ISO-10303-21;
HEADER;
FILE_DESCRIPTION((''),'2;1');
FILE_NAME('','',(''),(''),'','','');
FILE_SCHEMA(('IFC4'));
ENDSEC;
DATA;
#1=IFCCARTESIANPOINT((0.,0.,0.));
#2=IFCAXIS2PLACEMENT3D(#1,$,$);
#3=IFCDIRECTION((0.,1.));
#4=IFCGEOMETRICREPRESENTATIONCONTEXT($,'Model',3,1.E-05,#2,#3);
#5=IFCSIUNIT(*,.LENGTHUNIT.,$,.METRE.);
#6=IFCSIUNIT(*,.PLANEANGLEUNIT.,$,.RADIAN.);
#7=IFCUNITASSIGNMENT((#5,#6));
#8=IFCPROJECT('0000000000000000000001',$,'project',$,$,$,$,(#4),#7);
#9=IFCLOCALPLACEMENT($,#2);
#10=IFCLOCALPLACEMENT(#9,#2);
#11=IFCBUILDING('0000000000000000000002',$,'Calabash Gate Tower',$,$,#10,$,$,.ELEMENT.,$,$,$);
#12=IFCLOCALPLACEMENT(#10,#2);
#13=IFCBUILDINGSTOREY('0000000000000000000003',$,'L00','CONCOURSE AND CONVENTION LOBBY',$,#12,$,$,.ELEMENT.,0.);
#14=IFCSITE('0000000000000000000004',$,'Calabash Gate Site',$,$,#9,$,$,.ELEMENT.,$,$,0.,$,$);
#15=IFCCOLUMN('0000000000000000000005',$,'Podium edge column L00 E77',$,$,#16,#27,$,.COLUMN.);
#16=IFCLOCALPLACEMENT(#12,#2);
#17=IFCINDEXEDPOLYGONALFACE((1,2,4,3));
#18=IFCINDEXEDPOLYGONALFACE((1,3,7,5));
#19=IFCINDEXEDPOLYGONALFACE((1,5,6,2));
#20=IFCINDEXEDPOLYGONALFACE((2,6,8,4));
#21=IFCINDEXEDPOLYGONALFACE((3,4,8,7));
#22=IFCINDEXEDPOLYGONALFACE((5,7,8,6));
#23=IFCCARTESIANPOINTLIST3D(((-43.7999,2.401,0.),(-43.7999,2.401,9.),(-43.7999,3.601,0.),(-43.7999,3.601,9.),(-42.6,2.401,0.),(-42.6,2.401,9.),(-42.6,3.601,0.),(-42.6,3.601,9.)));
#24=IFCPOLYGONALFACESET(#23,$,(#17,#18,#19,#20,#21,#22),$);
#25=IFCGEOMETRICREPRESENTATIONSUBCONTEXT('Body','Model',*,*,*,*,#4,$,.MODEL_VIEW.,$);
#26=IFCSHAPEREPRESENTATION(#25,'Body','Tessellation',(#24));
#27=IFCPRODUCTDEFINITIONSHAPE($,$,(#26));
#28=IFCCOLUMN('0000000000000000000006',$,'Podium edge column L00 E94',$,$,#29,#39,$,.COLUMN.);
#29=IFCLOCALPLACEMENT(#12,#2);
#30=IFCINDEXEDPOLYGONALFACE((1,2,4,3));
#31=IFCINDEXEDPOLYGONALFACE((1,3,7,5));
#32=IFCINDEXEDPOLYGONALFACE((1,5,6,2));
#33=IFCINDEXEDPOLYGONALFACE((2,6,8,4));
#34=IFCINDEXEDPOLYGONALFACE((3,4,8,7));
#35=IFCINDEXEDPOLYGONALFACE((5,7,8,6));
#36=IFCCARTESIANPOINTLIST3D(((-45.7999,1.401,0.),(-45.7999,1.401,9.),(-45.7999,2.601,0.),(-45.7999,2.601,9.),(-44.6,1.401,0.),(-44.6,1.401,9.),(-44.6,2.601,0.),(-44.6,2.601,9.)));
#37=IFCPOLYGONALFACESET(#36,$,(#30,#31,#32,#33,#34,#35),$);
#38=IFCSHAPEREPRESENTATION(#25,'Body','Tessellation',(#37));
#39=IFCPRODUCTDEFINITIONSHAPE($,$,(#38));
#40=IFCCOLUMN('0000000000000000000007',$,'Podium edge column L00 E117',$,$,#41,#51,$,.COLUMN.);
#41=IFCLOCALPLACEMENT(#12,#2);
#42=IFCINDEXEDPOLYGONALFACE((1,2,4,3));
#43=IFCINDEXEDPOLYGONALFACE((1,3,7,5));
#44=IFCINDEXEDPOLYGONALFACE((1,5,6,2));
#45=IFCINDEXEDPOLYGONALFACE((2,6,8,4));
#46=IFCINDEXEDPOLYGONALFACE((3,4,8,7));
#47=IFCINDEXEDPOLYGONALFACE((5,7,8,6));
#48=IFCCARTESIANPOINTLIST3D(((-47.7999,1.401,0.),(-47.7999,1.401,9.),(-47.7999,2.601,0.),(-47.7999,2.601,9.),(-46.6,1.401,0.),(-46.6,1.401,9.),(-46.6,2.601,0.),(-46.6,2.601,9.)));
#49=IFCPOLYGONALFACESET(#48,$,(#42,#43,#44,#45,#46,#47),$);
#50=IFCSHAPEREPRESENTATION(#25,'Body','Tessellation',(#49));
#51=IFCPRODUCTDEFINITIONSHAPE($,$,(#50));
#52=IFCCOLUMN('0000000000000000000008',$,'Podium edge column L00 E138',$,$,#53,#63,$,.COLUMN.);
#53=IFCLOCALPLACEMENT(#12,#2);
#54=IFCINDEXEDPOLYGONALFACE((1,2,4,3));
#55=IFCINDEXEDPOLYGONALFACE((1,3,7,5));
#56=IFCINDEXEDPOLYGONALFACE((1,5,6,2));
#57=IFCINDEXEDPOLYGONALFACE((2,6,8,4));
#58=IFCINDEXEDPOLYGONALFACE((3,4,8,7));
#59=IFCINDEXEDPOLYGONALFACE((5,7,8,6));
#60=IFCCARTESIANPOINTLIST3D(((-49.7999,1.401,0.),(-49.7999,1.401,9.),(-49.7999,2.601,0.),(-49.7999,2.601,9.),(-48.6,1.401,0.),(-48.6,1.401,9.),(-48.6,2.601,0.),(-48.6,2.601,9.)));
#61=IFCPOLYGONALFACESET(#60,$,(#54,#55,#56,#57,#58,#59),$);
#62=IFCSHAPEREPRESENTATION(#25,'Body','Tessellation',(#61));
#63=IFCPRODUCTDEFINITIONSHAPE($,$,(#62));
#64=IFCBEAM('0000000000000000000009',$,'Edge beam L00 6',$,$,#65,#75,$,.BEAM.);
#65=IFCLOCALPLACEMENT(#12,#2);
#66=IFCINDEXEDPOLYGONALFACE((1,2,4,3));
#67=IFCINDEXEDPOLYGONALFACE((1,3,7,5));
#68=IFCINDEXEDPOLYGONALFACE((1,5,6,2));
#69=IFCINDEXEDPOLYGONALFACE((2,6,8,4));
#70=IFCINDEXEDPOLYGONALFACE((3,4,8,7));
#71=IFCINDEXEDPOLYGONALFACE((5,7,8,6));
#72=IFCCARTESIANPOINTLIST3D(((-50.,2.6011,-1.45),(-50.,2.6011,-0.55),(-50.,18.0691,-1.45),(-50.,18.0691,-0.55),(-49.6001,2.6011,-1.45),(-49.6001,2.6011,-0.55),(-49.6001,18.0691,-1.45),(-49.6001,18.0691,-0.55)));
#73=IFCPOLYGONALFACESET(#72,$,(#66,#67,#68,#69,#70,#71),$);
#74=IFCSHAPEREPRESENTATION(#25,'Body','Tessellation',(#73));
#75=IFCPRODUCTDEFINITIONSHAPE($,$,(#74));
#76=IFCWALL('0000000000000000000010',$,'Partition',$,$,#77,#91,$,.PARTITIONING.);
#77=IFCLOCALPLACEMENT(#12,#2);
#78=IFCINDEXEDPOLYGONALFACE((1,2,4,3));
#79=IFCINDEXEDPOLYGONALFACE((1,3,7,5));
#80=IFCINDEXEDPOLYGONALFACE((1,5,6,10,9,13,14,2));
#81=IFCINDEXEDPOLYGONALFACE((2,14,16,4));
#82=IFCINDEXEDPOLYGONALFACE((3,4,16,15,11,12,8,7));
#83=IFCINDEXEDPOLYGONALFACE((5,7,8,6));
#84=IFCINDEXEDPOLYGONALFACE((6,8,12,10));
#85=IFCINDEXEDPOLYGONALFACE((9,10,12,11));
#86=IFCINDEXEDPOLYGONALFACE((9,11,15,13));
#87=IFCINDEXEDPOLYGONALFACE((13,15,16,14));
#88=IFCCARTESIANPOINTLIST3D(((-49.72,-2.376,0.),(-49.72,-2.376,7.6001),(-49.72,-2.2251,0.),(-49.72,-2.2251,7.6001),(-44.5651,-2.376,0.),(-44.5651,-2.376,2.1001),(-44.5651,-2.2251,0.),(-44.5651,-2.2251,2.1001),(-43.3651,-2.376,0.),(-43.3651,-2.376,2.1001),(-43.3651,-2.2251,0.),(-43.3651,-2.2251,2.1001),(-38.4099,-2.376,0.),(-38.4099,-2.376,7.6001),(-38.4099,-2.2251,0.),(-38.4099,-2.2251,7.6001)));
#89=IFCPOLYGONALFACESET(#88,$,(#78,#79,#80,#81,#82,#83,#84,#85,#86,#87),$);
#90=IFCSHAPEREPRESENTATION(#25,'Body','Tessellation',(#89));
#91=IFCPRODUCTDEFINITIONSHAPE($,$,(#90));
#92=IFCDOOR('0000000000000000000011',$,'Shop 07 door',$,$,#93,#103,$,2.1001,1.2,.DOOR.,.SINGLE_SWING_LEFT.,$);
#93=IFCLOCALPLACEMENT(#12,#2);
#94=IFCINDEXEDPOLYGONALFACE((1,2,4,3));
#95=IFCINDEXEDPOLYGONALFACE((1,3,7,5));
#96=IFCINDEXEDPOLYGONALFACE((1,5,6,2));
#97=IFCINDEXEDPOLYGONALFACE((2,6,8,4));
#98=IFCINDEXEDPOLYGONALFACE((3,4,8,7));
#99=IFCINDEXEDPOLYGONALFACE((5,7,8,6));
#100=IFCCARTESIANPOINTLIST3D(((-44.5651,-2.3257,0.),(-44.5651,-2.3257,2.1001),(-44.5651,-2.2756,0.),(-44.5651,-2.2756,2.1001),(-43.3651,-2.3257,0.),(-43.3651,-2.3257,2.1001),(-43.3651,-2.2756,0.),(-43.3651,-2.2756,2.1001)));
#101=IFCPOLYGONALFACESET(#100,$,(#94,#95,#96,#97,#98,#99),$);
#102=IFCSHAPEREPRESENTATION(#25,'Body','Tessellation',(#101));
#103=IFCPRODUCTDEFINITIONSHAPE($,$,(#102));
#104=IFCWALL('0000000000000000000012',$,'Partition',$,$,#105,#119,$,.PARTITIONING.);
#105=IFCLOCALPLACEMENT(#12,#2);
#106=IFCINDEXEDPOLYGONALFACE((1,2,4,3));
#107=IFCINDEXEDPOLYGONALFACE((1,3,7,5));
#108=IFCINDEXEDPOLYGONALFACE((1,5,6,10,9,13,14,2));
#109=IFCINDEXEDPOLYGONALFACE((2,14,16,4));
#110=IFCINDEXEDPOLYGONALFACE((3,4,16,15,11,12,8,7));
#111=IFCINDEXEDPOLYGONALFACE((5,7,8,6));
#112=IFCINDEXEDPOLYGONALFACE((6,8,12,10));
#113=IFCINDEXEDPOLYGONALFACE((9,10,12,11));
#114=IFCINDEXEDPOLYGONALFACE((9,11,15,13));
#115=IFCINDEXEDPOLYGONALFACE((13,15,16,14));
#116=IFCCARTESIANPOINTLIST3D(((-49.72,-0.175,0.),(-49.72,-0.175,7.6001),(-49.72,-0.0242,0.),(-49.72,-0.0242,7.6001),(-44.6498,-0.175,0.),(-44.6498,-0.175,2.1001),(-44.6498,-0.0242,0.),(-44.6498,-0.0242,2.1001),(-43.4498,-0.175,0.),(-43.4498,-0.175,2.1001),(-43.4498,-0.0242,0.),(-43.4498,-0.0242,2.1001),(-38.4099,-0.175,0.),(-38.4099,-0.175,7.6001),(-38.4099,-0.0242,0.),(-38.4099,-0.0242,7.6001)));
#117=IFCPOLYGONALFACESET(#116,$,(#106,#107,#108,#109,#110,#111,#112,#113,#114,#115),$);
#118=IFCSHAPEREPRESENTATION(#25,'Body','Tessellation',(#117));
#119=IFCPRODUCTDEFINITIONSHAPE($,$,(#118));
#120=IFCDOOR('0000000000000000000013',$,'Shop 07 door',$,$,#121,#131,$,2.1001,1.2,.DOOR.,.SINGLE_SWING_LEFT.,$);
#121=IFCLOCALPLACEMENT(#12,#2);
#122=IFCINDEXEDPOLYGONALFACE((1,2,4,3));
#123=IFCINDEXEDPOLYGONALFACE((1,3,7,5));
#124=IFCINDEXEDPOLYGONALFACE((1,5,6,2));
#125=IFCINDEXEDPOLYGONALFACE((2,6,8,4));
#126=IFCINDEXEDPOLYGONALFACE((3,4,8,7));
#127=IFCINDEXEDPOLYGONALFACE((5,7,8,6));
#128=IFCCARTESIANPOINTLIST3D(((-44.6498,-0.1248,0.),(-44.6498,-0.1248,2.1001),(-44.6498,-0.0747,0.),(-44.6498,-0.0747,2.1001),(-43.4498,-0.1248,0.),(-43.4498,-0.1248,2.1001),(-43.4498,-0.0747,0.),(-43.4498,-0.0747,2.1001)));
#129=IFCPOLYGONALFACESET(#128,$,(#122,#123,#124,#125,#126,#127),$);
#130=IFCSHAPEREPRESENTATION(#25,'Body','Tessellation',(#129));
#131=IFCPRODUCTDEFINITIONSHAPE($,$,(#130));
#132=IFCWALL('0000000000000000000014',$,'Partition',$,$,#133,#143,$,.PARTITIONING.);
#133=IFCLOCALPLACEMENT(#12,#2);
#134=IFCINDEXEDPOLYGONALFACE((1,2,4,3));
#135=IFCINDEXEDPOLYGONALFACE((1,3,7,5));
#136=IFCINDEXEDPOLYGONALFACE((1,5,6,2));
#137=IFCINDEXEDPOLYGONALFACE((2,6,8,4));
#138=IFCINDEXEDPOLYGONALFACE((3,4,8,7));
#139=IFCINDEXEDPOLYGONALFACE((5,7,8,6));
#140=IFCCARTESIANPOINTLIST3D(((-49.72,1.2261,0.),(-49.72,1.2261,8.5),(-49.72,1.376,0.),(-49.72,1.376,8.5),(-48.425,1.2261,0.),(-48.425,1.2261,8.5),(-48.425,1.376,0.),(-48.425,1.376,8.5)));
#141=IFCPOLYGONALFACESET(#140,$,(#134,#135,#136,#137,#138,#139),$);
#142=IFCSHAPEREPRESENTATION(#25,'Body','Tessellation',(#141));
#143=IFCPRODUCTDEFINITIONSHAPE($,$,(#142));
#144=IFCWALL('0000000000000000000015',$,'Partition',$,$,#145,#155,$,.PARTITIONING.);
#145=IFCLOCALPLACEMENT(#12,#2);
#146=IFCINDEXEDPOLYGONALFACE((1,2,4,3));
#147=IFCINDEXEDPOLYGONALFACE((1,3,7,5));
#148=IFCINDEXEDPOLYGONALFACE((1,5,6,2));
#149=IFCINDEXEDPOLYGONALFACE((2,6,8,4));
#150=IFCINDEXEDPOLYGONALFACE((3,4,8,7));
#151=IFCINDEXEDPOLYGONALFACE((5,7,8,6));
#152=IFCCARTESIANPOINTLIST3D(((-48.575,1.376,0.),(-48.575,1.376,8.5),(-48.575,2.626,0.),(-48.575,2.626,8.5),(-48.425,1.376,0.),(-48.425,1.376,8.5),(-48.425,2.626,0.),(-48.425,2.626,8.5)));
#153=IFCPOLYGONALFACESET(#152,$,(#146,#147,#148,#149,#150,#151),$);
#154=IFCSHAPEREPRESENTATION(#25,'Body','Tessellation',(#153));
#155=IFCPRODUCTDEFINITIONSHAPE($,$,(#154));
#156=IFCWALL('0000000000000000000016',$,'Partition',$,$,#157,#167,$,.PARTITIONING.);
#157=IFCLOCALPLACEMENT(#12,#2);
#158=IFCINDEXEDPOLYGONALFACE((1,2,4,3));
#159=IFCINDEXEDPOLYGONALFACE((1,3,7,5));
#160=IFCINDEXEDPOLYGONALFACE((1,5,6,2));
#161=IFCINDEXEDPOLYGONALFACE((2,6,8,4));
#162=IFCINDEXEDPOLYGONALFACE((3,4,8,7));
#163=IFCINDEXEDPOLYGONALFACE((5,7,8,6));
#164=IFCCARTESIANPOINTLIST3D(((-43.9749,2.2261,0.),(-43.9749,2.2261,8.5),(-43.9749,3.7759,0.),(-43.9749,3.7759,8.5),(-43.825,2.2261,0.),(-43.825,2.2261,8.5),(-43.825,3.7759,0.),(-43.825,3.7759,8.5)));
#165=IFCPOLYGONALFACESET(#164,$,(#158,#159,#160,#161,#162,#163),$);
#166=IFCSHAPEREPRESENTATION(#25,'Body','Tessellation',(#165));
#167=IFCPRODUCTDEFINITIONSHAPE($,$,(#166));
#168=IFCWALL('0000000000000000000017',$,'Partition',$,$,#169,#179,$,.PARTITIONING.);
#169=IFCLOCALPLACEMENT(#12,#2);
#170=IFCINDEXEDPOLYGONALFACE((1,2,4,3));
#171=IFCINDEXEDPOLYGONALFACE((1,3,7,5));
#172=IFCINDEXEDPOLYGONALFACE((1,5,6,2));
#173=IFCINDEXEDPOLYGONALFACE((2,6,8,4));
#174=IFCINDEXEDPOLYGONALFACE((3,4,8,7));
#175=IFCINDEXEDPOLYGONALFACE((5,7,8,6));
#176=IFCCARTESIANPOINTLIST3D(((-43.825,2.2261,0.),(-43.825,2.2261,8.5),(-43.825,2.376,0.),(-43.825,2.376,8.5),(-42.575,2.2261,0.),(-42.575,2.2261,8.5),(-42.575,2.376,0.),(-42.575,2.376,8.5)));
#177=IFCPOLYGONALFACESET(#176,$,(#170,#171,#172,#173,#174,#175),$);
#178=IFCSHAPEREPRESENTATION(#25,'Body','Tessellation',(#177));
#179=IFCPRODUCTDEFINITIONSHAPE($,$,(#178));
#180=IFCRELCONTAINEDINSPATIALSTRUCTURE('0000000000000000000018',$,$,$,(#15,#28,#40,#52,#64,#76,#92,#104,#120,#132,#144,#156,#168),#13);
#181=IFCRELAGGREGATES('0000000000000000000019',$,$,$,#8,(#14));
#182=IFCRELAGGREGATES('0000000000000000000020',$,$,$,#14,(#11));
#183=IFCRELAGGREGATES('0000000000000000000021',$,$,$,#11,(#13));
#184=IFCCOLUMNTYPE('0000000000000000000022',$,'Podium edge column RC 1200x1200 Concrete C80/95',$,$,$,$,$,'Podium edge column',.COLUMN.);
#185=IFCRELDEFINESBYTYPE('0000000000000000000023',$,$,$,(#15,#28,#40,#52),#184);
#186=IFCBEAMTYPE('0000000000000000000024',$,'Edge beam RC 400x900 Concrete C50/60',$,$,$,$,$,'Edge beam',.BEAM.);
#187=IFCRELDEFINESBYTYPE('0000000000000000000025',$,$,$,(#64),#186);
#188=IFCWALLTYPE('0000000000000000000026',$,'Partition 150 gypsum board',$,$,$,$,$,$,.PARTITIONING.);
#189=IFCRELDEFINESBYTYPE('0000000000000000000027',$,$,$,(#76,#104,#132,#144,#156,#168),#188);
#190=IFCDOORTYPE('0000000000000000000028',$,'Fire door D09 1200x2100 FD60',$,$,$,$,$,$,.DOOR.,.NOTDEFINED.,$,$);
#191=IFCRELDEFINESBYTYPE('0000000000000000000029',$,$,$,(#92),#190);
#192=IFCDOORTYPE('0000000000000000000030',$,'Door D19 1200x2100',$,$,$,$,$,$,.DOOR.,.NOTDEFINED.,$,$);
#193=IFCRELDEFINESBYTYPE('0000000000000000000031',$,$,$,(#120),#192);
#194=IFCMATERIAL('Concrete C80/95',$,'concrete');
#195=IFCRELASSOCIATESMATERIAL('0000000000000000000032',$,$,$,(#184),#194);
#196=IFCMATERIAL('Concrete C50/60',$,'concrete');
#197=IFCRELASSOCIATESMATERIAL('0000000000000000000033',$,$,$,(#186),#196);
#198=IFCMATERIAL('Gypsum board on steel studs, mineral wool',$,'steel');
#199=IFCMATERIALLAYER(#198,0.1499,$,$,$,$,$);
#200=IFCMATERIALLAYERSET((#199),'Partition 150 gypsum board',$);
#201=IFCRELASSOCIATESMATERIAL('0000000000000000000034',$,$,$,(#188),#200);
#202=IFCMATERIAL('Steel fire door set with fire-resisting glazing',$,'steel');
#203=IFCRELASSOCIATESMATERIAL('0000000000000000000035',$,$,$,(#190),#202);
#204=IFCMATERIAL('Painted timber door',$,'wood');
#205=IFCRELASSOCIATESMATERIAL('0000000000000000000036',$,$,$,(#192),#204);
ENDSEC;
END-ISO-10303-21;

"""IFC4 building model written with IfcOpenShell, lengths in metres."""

from ifc_helpers import new_model, si_unit, direction, frame, frame_2d, origin, origin_2d, place, context, subcontext, project, spatial, rectangle, extrude, material, layer, layer_set, material_profile, profile_set, type_object, element, fill, save


model = new_model("IFC4")

# Units and contexts
model_context = context("Model", 3, precision=1e-05, world=origin(), true_north=direction((0.0, 1.0)))
body_context = subcontext(model_context, "Body", "Model", "MODEL_VIEW")
ifc_project = project(units=[si_unit("LENGTHUNIT", "METRE"), si_unit("PLANEANGLEUNIT", "RADIAN")], contexts=[model_context])

# Site, building, storey
site_placement = place(None, origin())
site = spatial("IfcSite", under=ifc_project, at=site_placement, Name="Calabash Gate Site", CompositionType="ELEMENT", RefElevation=0.0)
building_placement = place(site_placement, origin())
building = spatial("IfcBuilding", under=site, at=building_placement, Name="Calabash Gate Tower", CompositionType="ELEMENT")
storey_placement = place(building_placement, origin())
storey = spatial("IfcBuildingStorey", under=building, at=storey_placement, Name="L00", Description="CONCOURSE AND CONVENTION LOBBY", CompositionType="ELEMENT", Elevation=0.0)

# Columns
ifc_material_1 = material(Name="Concrete C80/95", Category="concrete")
ifc_material_profile_1 = material_profile(ifc_material_1, rectangle(XDim=1.2, YDim=1.2, at=origin_2d()))
ifc_profile_set_1 = profile_set([ifc_material_profile_1], Name="Concrete C80/95")
column_type = type_object("IfcColumnType", Name="Podium edge column RC 1200x1200 Concrete C80/95", ElementType="Podium edge column", PredefinedType="COLUMN", material=ifc_profile_set_1)
for number, where, z_axis, x_axis, name in (
    (1, (-43.2, 3.001, 0.0), (0.0, 0.0, 1.0), (1.0, 0.0, 0.0), "Podium edge column L00 E77"),
    (2, (-45.2, 2.001, 0.0), (0.0, 0.0, 1.0), (1.0, 0.0, 0.0), "Podium edge column L00 E94"),
    (3, (-47.2, 2.001, 0.0), (0.0, 0.0, 1.0), (1.0, 0.0, 0.0), "Podium edge column L00 E117"),
    (4, (-49.2, 2.001, 0.0), (0.0, 0.0, 1.0), (1.0, 0.0, 0.0), "Podium edge column L00 E138"),
):
    element("IfcColumn", number, at=place(storey_placement, frame(where, z_axis=z_axis, x_axis=x_axis)), inside=storey, type_object=column_type, Name=name, PredefinedType="COLUMN", context=body_context, shape_type="SweptSolid", body=[
        extrude(rectangle(XDim=1.2, YDim=1.2, at=origin_2d()), origin(), (0.0, 0.0, 1.0), 9.0),
    ])

# Beam
ifc_material_2 = material(Name="Concrete C50/60", Category="concrete")
ifc_material_profile_2 = material_profile(ifc_material_2, rectangle(XDim=0.3999, YDim=0.8999, at=origin_2d()))
ifc_profile_set_2 = profile_set([ifc_material_profile_2], Name="Concrete C50/60")
beam_type = type_object("IfcBeamType", Name="Edge beam RC 400x900 Concrete C50/60", ElementType="Edge beam", PredefinedType="BEAM", material=ifc_profile_set_2)
beam_placement = place(storey_placement, frame((-49.8, 2.6011, -1.0), z_axis=(0.0, 1.0, 0.0), x_axis=(-1.0, 0.0, 0.0)))
element("IfcBeam", 5, at=beam_placement, inside=storey, type_object=beam_type, Name="Edge beam L00 6", PredefinedType="BEAM", context=body_context, shape_type="SweptSolid", body=[
    extrude(rectangle(XDim=0.3999, YDim=0.8999, at=origin_2d()), origin(), (0.0, 0.0, 1.0), 15.468),
])

# Walls, openings, doors
ifc_material_3 = material(Name="Gypsum board on steel studs, mineral wool", Category="steel")
ifc_layer_1 = layer(ifc_material_3, 0.1499)
ifc_layer_set_1 = layer_set([ifc_layer_1], Name="Partition 150 gypsum board")
wall_type_1 = type_object("IfcWallType", Name="Partition 150 gypsum board", PredefinedType="PARTITIONING", material=ifc_layer_set_1)
wall_1_placement = place(storey_placement, frame((-49.72, -2.3005, 0.0), z_axis=(0.0, 0.0, 1.0), x_axis=(1.0, 0.0, 0.0)))
wall_1 = element("IfcWall", 6, at=wall_1_placement, inside=storey, type_object=wall_type_1, Name="Partition", PredefinedType="PARTITIONING", context=body_context, shape_type="SweptSolid", body=[
    extrude(rectangle(XDim=11.3101, YDim=0.1509, at=frame_2d((5.655, 0.0))), origin(), (0.0, 0.0, 1.0), 7.6001),
])
opening_1_placement = place(wall_1_placement, frame((5.1548, 0.0, 0.0)))
opening_1 = element("IfcOpeningElement", 7, at=opening_1_placement, cuts=wall_1, PredefinedType="OPENING", context=body_context, shape_type="SweptSolid", body=[
    extrude(rectangle(XDim=1.2, YDim=2.1001, at=frame_2d((0.6001, 1.05))), frame((0.0, 0.0854, 0.0), z_axis=(0.0, -1.0, 0.0), x_axis=(1.0, 0.0, 0.0)), (0.0, 0.0, 1.0), 0.1709),
])
ifc_material_4 = material(Name="Steel fire door set with fire-resisting glazing", Category="steel")
door_type_1 = type_object("IfcDoorType", Name="Fire door D09 1200x2100 FD60", OperationType="NOTDEFINED", PredefinedType="DOOR", material=ifc_material_4)
door_1_placement = place(opening_1_placement, origin())
door_1 = element("IfcDoor", 8, at=door_1_placement, inside=storey, type_object=door_type_1, Name="Shop 07 door", OperationType="SINGLE_SWING_LEFT", OverallHeight=2.1001, OverallWidth=1.2, PredefinedType="DOOR", context=body_context, shape_type="SweptSolid", body=[
    extrude(rectangle(XDim=1.2, YDim=2.1001, at=frame_2d((0.6001, 1.05))), frame((0.0, 0.0249, 0.0), z_axis=(0.0, -1.0, 0.0), x_axis=(1.0, 0.0, 0.0)), (0.0, 0.0, 1.0), 0.05),
])
fill(opening_1, door_1)
wall_2_placement = place(storey_placement, frame((-49.72, -0.0996, 0.0), z_axis=(0.0, 0.0, 1.0), x_axis=(1.0, 0.0, 0.0)))
wall_2 = element("IfcWall", 9, at=wall_2_placement, inside=storey, type_object=wall_type_1, Name="Partition", PredefinedType="PARTITIONING", context=body_context, shape_type="SweptSolid", body=[
    extrude(rectangle(XDim=11.3101, YDim=0.1509, at=frame_2d((5.655, 0.0))), origin(), (0.0, 0.0, 1.0), 7.6001),
])
opening_2_placement = place(wall_2_placement, frame((5.0701, 0.0, 0.0)))
opening_2 = element("IfcOpeningElement", 10, at=opening_2_placement, cuts=wall_2, PredefinedType="OPENING", context=body_context, shape_type="SweptSolid", body=[
    extrude(rectangle(XDim=1.2, YDim=2.1001, at=frame_2d((0.6001, 1.05))), frame((0.0, 0.0854, 0.0), z_axis=(0.0, -1.0, 0.0), x_axis=(1.0, 0.0, 0.0)), (0.0, 0.0, 1.0), 0.1709),
])
ifc_material_5 = material(Name="Painted timber door", Category="wood")
door_type_2 = type_object("IfcDoorType", Name="Door D19 1200x2100", OperationType="NOTDEFINED", PredefinedType="DOOR", material=ifc_material_5)
door_2_placement = place(opening_2_placement, origin())
door_2 = element("IfcDoor", 11, at=door_2_placement, inside=storey, type_object=door_type_2, Name="Shop 07 door", OperationType="SINGLE_SWING_LEFT", OverallHeight=2.1001, OverallWidth=1.2, PredefinedType="DOOR", context=body_context, shape_type="SweptSolid", body=[
    extrude(rectangle(XDim=1.2, YDim=2.1001, at=frame_2d((0.6001, 1.05))), frame((0.0, 0.0249, 0.0), z_axis=(0.0, -1.0, 0.0), x_axis=(1.0, 0.0, 0.0)), (0.0, 0.0, 1.0), 0.05),
])
fill(opening_2, door_2)

# Walls
wall_3_placement = place(storey_placement, frame((-49.72, 1.301, 0.0), z_axis=(0.0, 0.0, 1.0), x_axis=(1.0, 0.0, 0.0)))
element("IfcWall", 12, at=wall_3_placement, inside=storey, type_object=wall_type_1, Name="Partition", PredefinedType="PARTITIONING", context=body_context, shape_type="SweptSolid", body=[
    extrude(rectangle(XDim=1.2949, YDim=0.1499, at=frame_2d((0.6475, 0.0))), origin(), (0.0, 0.0, 1.0), 8.5),
])
wall_4_placement = place(storey_placement, frame((-48.5, 1.376, 0.0), z_axis=(0.0, 0.0, 1.0), x_axis=(0.0, 1.0, 0.0)))
element("IfcWall", 13, at=wall_4_placement, inside=storey, type_object=wall_type_1, Name="Partition", PredefinedType="PARTITIONING", context=body_context, shape_type="SweptSolid", body=[
    extrude(rectangle(XDim=1.25, YDim=0.1499, at=frame_2d((0.625, 0.0))), origin(), (0.0, 0.0, 1.0), 8.5),
])
wall_5_placement = place(storey_placement, frame((-43.8999, 2.2261, 0.0), z_axis=(0.0, 0.0, 1.0), x_axis=(0.0, 1.0, 0.0)))
element("IfcWall", 14, at=wall_5_placement, inside=storey, type_object=wall_type_1, Name="Partition", PredefinedType="PARTITIONING", context=body_context, shape_type="SweptSolid", body=[
    extrude(rectangle(XDim=1.5498, YDim=0.1499, at=frame_2d((0.7749, 0.0))), origin(), (0.0, 0.0, 1.0), 8.5),
])
wall_6_placement = place(storey_placement, frame((-43.825, 2.301, 0.0), z_axis=(0.0, 0.0, 1.0), x_axis=(1.0, 0.0, 0.0)))
element("IfcWall", 15, at=wall_6_placement, inside=storey, type_object=wall_type_1, Name="Partition", PredefinedType="PARTITIONING", context=body_context, shape_type="SweptSolid", body=[
    extrude(rectangle(XDim=1.25, YDim=0.1499, at=frame_2d((0.625, 0.0))), origin(), (0.0, 0.0, 1.0), 8.5),
])

save(model, "model.ifc")
